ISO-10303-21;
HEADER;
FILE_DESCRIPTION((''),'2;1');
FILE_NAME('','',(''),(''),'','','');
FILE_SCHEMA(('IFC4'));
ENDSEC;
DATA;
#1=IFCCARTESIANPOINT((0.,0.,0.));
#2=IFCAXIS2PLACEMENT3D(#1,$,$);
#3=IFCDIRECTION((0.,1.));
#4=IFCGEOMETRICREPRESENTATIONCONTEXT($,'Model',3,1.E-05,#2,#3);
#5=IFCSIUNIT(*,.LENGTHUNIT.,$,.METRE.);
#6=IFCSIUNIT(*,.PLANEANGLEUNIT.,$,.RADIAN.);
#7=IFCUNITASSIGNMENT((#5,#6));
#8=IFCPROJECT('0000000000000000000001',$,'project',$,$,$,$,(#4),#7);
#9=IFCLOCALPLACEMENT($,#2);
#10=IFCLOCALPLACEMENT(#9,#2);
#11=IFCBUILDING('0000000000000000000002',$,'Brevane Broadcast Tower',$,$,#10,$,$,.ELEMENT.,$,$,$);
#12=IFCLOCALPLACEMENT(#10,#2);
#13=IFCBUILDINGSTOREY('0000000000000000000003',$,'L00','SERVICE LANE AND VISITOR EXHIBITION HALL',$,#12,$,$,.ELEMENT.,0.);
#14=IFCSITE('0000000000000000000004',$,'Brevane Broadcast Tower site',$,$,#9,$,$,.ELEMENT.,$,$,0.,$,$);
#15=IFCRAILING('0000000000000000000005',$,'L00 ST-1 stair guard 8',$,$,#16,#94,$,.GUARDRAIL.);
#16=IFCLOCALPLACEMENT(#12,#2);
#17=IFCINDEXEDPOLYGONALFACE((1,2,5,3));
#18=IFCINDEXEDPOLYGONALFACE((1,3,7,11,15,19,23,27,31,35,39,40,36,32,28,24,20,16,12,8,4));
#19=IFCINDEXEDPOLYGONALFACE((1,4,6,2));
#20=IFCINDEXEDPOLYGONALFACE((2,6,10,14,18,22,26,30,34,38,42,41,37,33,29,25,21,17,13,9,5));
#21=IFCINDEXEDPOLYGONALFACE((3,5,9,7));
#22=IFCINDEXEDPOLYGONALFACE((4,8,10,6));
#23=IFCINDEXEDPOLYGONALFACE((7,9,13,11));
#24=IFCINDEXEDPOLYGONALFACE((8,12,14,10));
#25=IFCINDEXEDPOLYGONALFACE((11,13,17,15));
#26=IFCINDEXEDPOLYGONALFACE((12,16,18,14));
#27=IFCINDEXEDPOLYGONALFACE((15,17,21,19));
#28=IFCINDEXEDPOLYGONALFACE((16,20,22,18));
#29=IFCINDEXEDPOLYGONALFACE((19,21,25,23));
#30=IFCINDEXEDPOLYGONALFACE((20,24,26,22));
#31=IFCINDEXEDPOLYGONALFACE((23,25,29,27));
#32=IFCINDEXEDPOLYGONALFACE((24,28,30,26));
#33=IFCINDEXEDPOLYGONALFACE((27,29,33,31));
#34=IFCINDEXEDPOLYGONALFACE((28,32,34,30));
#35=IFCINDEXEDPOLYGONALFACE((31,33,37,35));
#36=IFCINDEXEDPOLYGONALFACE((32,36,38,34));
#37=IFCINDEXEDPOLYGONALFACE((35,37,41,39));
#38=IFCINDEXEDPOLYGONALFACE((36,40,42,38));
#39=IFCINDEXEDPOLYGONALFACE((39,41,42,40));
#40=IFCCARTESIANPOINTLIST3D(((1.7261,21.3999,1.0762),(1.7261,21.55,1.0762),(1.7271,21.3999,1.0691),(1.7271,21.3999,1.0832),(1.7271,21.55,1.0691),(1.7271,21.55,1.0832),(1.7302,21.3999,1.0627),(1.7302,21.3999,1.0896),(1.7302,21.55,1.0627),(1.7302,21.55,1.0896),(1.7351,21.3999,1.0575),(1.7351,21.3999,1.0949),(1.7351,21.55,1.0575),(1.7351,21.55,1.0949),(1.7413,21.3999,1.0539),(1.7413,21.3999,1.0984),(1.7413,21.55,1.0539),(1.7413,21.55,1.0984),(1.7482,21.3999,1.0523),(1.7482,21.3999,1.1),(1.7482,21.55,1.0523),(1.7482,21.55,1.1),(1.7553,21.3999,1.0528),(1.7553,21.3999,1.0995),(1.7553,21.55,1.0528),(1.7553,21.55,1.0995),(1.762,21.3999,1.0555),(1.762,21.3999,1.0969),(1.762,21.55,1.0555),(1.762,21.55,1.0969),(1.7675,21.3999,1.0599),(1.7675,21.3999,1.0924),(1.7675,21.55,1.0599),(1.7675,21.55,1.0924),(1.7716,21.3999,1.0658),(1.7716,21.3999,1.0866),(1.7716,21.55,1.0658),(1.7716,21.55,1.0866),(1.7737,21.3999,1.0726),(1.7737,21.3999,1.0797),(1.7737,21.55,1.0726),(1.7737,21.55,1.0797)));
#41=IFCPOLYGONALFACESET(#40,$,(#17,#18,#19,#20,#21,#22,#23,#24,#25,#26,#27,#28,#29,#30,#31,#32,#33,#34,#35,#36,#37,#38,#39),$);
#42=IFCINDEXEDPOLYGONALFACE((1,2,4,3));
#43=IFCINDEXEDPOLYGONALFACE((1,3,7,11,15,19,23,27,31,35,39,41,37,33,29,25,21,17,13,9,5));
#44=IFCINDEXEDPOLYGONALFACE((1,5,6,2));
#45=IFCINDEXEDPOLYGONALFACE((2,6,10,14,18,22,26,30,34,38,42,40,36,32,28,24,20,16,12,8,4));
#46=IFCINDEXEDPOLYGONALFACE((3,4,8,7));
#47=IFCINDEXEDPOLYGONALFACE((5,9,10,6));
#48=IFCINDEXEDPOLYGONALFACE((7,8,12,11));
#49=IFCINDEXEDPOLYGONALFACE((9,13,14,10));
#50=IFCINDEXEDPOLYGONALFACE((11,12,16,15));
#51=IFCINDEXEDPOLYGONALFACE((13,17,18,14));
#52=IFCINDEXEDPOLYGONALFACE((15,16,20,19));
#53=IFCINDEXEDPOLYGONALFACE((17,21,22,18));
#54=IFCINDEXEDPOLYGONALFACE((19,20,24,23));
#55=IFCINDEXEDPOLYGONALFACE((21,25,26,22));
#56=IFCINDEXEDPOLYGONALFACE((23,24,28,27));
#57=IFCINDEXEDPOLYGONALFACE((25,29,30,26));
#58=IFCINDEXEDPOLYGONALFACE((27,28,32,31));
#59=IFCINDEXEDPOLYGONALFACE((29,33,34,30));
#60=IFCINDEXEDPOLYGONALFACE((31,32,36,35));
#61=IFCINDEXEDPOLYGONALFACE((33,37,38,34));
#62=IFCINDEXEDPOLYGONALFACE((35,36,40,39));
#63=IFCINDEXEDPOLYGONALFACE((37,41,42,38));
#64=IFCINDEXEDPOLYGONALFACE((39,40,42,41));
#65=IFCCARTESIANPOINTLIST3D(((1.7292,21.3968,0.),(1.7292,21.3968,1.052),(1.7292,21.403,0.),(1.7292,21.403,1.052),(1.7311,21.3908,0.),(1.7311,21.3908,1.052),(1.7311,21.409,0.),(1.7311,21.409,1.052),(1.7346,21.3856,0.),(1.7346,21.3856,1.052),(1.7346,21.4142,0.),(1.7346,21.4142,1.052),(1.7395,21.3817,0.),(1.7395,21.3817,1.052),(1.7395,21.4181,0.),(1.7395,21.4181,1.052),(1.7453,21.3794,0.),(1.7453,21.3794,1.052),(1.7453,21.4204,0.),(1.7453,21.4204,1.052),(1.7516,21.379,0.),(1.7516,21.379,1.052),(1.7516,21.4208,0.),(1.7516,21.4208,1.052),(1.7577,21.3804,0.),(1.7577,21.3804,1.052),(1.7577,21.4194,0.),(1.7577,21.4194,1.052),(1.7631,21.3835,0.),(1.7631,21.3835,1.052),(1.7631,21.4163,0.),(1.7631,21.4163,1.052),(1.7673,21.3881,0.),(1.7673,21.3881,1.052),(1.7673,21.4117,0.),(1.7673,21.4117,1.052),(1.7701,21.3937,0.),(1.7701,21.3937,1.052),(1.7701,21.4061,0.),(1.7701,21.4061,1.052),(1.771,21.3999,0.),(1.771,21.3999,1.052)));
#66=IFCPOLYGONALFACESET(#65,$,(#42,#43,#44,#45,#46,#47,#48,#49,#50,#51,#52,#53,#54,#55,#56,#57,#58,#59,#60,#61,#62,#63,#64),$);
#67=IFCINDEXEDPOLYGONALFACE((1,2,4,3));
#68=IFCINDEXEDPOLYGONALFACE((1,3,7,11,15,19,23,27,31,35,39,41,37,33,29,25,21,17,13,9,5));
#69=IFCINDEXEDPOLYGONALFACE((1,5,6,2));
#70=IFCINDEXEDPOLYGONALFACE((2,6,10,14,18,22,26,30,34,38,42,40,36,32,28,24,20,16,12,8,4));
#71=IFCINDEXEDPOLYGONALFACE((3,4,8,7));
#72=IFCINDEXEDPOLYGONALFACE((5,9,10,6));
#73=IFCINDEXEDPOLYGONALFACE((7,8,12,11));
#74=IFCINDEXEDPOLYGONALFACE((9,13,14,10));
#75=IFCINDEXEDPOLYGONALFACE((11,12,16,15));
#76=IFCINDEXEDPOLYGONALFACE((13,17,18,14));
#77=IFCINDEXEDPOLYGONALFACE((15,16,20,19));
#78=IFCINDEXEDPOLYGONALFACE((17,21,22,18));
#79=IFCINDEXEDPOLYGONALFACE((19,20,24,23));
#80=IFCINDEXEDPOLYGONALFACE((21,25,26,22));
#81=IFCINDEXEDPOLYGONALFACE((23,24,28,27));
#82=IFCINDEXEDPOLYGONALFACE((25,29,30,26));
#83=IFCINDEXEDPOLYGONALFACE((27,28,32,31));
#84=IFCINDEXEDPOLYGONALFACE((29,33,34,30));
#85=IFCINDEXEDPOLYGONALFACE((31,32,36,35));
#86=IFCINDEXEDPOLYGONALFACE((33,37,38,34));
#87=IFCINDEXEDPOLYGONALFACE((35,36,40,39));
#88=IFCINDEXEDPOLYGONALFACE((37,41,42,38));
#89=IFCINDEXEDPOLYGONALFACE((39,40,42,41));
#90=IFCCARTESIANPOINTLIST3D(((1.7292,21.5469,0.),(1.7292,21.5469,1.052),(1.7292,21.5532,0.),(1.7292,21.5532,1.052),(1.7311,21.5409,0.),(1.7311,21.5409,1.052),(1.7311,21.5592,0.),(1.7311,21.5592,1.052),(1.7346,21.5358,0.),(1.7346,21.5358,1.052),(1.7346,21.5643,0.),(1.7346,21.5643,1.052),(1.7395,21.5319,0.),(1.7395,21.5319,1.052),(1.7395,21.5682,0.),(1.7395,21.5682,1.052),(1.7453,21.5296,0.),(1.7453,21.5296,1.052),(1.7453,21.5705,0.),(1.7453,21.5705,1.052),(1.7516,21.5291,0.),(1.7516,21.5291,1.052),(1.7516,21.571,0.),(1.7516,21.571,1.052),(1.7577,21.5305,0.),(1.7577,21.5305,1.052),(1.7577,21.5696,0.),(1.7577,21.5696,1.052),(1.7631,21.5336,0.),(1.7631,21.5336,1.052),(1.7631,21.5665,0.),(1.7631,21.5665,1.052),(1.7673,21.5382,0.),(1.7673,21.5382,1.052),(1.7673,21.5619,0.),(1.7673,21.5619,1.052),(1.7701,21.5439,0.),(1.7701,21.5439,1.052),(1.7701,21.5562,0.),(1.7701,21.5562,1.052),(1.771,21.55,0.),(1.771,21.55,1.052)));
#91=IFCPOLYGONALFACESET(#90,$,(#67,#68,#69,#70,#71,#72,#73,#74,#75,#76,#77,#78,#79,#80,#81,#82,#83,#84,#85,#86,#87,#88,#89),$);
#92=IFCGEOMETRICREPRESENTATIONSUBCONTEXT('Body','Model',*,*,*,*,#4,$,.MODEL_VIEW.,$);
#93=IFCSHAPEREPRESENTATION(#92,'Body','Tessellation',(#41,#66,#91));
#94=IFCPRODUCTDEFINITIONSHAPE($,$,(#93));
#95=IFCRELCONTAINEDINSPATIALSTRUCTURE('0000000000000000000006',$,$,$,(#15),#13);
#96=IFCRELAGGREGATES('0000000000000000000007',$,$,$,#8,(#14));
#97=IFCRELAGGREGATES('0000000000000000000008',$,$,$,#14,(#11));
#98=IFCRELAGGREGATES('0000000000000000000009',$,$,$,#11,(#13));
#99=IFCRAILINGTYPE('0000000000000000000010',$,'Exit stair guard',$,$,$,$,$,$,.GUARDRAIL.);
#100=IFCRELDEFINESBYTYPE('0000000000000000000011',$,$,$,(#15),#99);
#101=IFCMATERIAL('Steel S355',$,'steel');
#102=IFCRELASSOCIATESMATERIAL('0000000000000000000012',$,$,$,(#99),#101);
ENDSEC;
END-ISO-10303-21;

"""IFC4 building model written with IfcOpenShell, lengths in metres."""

from ifc_helpers import new_model, si_unit, direction, frame, origin, origin_2d, place, context, subcontext, project, spatial, circle, extrude, material, type_object, element, save


model = new_model("IFC4")

# Units and contexts
model_context = context("Model", 3, precision=1e-05, world=origin(), true_north=direction((0.0, 1.0)))
body_context = subcontext(model_context, "Body", "Model", "MODEL_VIEW")
ifc_project = project(units=[si_unit("LENGTHUNIT", "METRE"), si_unit("PLANEANGLEUNIT", "RADIAN")], contexts=[model_context])

# Site, building, storey
site_placement = place(None, origin())
site = spatial("IfcSite", under=ifc_project, at=site_placement, Name="Brevane Broadcast Tower site", CompositionType="ELEMENT", RefElevation=0.0)
building_placement = place(site_placement, origin())
building = spatial("IfcBuilding", under=site, at=building_placement, Name="Brevane Broadcast Tower", CompositionType="ELEMENT")
storey_placement = place(building_placement, origin())
storey = spatial("IfcBuildingStorey", under=building, at=storey_placement, Name="L00", Description="SERVICE LANE AND VISITOR EXHIBITION HALL", CompositionType="ELEMENT", Elevation=0.0)

# Railing
ifc_material_1 = material(Name="Steel S355", Category="steel")
railing_type_1 = type_object("IfcRailingType", Name="Exit stair guard", PredefinedType="GUARDRAIL", material=ifc_material_1)
railing_1_placement = place(storey_placement, frame((1.75, 21.3999, 0.0)))
element("IfcRailing", 1, at=railing_1_placement, inside=storey, type_object=railing_type_1, Name="L00 ST-1 stair guard 8", PredefinedType="GUARDRAIL", context=body_context, shape_type="SweptSolid", body=[
    extrude(circle(Radius=0.0239, at=origin_2d()), frame((0.0, 0.0, 1.0762), z_axis=(0.0, 1.0, 0.0), x_axis=(-1.0, 0.0, 0.0)), (0.0, 0.0, 1.0), 0.1501),
    extrude(circle(Radius=0.021, at=origin_2d()), origin(), (0.0, 0.0, 1.0), 1.052),
    extrude(circle(Radius=0.021, at=origin_2d()), frame((0.0, 0.1501, 0.0)), (0.0, 0.0, 1.0), 1.052),
])

save(model, "model.ifc")
